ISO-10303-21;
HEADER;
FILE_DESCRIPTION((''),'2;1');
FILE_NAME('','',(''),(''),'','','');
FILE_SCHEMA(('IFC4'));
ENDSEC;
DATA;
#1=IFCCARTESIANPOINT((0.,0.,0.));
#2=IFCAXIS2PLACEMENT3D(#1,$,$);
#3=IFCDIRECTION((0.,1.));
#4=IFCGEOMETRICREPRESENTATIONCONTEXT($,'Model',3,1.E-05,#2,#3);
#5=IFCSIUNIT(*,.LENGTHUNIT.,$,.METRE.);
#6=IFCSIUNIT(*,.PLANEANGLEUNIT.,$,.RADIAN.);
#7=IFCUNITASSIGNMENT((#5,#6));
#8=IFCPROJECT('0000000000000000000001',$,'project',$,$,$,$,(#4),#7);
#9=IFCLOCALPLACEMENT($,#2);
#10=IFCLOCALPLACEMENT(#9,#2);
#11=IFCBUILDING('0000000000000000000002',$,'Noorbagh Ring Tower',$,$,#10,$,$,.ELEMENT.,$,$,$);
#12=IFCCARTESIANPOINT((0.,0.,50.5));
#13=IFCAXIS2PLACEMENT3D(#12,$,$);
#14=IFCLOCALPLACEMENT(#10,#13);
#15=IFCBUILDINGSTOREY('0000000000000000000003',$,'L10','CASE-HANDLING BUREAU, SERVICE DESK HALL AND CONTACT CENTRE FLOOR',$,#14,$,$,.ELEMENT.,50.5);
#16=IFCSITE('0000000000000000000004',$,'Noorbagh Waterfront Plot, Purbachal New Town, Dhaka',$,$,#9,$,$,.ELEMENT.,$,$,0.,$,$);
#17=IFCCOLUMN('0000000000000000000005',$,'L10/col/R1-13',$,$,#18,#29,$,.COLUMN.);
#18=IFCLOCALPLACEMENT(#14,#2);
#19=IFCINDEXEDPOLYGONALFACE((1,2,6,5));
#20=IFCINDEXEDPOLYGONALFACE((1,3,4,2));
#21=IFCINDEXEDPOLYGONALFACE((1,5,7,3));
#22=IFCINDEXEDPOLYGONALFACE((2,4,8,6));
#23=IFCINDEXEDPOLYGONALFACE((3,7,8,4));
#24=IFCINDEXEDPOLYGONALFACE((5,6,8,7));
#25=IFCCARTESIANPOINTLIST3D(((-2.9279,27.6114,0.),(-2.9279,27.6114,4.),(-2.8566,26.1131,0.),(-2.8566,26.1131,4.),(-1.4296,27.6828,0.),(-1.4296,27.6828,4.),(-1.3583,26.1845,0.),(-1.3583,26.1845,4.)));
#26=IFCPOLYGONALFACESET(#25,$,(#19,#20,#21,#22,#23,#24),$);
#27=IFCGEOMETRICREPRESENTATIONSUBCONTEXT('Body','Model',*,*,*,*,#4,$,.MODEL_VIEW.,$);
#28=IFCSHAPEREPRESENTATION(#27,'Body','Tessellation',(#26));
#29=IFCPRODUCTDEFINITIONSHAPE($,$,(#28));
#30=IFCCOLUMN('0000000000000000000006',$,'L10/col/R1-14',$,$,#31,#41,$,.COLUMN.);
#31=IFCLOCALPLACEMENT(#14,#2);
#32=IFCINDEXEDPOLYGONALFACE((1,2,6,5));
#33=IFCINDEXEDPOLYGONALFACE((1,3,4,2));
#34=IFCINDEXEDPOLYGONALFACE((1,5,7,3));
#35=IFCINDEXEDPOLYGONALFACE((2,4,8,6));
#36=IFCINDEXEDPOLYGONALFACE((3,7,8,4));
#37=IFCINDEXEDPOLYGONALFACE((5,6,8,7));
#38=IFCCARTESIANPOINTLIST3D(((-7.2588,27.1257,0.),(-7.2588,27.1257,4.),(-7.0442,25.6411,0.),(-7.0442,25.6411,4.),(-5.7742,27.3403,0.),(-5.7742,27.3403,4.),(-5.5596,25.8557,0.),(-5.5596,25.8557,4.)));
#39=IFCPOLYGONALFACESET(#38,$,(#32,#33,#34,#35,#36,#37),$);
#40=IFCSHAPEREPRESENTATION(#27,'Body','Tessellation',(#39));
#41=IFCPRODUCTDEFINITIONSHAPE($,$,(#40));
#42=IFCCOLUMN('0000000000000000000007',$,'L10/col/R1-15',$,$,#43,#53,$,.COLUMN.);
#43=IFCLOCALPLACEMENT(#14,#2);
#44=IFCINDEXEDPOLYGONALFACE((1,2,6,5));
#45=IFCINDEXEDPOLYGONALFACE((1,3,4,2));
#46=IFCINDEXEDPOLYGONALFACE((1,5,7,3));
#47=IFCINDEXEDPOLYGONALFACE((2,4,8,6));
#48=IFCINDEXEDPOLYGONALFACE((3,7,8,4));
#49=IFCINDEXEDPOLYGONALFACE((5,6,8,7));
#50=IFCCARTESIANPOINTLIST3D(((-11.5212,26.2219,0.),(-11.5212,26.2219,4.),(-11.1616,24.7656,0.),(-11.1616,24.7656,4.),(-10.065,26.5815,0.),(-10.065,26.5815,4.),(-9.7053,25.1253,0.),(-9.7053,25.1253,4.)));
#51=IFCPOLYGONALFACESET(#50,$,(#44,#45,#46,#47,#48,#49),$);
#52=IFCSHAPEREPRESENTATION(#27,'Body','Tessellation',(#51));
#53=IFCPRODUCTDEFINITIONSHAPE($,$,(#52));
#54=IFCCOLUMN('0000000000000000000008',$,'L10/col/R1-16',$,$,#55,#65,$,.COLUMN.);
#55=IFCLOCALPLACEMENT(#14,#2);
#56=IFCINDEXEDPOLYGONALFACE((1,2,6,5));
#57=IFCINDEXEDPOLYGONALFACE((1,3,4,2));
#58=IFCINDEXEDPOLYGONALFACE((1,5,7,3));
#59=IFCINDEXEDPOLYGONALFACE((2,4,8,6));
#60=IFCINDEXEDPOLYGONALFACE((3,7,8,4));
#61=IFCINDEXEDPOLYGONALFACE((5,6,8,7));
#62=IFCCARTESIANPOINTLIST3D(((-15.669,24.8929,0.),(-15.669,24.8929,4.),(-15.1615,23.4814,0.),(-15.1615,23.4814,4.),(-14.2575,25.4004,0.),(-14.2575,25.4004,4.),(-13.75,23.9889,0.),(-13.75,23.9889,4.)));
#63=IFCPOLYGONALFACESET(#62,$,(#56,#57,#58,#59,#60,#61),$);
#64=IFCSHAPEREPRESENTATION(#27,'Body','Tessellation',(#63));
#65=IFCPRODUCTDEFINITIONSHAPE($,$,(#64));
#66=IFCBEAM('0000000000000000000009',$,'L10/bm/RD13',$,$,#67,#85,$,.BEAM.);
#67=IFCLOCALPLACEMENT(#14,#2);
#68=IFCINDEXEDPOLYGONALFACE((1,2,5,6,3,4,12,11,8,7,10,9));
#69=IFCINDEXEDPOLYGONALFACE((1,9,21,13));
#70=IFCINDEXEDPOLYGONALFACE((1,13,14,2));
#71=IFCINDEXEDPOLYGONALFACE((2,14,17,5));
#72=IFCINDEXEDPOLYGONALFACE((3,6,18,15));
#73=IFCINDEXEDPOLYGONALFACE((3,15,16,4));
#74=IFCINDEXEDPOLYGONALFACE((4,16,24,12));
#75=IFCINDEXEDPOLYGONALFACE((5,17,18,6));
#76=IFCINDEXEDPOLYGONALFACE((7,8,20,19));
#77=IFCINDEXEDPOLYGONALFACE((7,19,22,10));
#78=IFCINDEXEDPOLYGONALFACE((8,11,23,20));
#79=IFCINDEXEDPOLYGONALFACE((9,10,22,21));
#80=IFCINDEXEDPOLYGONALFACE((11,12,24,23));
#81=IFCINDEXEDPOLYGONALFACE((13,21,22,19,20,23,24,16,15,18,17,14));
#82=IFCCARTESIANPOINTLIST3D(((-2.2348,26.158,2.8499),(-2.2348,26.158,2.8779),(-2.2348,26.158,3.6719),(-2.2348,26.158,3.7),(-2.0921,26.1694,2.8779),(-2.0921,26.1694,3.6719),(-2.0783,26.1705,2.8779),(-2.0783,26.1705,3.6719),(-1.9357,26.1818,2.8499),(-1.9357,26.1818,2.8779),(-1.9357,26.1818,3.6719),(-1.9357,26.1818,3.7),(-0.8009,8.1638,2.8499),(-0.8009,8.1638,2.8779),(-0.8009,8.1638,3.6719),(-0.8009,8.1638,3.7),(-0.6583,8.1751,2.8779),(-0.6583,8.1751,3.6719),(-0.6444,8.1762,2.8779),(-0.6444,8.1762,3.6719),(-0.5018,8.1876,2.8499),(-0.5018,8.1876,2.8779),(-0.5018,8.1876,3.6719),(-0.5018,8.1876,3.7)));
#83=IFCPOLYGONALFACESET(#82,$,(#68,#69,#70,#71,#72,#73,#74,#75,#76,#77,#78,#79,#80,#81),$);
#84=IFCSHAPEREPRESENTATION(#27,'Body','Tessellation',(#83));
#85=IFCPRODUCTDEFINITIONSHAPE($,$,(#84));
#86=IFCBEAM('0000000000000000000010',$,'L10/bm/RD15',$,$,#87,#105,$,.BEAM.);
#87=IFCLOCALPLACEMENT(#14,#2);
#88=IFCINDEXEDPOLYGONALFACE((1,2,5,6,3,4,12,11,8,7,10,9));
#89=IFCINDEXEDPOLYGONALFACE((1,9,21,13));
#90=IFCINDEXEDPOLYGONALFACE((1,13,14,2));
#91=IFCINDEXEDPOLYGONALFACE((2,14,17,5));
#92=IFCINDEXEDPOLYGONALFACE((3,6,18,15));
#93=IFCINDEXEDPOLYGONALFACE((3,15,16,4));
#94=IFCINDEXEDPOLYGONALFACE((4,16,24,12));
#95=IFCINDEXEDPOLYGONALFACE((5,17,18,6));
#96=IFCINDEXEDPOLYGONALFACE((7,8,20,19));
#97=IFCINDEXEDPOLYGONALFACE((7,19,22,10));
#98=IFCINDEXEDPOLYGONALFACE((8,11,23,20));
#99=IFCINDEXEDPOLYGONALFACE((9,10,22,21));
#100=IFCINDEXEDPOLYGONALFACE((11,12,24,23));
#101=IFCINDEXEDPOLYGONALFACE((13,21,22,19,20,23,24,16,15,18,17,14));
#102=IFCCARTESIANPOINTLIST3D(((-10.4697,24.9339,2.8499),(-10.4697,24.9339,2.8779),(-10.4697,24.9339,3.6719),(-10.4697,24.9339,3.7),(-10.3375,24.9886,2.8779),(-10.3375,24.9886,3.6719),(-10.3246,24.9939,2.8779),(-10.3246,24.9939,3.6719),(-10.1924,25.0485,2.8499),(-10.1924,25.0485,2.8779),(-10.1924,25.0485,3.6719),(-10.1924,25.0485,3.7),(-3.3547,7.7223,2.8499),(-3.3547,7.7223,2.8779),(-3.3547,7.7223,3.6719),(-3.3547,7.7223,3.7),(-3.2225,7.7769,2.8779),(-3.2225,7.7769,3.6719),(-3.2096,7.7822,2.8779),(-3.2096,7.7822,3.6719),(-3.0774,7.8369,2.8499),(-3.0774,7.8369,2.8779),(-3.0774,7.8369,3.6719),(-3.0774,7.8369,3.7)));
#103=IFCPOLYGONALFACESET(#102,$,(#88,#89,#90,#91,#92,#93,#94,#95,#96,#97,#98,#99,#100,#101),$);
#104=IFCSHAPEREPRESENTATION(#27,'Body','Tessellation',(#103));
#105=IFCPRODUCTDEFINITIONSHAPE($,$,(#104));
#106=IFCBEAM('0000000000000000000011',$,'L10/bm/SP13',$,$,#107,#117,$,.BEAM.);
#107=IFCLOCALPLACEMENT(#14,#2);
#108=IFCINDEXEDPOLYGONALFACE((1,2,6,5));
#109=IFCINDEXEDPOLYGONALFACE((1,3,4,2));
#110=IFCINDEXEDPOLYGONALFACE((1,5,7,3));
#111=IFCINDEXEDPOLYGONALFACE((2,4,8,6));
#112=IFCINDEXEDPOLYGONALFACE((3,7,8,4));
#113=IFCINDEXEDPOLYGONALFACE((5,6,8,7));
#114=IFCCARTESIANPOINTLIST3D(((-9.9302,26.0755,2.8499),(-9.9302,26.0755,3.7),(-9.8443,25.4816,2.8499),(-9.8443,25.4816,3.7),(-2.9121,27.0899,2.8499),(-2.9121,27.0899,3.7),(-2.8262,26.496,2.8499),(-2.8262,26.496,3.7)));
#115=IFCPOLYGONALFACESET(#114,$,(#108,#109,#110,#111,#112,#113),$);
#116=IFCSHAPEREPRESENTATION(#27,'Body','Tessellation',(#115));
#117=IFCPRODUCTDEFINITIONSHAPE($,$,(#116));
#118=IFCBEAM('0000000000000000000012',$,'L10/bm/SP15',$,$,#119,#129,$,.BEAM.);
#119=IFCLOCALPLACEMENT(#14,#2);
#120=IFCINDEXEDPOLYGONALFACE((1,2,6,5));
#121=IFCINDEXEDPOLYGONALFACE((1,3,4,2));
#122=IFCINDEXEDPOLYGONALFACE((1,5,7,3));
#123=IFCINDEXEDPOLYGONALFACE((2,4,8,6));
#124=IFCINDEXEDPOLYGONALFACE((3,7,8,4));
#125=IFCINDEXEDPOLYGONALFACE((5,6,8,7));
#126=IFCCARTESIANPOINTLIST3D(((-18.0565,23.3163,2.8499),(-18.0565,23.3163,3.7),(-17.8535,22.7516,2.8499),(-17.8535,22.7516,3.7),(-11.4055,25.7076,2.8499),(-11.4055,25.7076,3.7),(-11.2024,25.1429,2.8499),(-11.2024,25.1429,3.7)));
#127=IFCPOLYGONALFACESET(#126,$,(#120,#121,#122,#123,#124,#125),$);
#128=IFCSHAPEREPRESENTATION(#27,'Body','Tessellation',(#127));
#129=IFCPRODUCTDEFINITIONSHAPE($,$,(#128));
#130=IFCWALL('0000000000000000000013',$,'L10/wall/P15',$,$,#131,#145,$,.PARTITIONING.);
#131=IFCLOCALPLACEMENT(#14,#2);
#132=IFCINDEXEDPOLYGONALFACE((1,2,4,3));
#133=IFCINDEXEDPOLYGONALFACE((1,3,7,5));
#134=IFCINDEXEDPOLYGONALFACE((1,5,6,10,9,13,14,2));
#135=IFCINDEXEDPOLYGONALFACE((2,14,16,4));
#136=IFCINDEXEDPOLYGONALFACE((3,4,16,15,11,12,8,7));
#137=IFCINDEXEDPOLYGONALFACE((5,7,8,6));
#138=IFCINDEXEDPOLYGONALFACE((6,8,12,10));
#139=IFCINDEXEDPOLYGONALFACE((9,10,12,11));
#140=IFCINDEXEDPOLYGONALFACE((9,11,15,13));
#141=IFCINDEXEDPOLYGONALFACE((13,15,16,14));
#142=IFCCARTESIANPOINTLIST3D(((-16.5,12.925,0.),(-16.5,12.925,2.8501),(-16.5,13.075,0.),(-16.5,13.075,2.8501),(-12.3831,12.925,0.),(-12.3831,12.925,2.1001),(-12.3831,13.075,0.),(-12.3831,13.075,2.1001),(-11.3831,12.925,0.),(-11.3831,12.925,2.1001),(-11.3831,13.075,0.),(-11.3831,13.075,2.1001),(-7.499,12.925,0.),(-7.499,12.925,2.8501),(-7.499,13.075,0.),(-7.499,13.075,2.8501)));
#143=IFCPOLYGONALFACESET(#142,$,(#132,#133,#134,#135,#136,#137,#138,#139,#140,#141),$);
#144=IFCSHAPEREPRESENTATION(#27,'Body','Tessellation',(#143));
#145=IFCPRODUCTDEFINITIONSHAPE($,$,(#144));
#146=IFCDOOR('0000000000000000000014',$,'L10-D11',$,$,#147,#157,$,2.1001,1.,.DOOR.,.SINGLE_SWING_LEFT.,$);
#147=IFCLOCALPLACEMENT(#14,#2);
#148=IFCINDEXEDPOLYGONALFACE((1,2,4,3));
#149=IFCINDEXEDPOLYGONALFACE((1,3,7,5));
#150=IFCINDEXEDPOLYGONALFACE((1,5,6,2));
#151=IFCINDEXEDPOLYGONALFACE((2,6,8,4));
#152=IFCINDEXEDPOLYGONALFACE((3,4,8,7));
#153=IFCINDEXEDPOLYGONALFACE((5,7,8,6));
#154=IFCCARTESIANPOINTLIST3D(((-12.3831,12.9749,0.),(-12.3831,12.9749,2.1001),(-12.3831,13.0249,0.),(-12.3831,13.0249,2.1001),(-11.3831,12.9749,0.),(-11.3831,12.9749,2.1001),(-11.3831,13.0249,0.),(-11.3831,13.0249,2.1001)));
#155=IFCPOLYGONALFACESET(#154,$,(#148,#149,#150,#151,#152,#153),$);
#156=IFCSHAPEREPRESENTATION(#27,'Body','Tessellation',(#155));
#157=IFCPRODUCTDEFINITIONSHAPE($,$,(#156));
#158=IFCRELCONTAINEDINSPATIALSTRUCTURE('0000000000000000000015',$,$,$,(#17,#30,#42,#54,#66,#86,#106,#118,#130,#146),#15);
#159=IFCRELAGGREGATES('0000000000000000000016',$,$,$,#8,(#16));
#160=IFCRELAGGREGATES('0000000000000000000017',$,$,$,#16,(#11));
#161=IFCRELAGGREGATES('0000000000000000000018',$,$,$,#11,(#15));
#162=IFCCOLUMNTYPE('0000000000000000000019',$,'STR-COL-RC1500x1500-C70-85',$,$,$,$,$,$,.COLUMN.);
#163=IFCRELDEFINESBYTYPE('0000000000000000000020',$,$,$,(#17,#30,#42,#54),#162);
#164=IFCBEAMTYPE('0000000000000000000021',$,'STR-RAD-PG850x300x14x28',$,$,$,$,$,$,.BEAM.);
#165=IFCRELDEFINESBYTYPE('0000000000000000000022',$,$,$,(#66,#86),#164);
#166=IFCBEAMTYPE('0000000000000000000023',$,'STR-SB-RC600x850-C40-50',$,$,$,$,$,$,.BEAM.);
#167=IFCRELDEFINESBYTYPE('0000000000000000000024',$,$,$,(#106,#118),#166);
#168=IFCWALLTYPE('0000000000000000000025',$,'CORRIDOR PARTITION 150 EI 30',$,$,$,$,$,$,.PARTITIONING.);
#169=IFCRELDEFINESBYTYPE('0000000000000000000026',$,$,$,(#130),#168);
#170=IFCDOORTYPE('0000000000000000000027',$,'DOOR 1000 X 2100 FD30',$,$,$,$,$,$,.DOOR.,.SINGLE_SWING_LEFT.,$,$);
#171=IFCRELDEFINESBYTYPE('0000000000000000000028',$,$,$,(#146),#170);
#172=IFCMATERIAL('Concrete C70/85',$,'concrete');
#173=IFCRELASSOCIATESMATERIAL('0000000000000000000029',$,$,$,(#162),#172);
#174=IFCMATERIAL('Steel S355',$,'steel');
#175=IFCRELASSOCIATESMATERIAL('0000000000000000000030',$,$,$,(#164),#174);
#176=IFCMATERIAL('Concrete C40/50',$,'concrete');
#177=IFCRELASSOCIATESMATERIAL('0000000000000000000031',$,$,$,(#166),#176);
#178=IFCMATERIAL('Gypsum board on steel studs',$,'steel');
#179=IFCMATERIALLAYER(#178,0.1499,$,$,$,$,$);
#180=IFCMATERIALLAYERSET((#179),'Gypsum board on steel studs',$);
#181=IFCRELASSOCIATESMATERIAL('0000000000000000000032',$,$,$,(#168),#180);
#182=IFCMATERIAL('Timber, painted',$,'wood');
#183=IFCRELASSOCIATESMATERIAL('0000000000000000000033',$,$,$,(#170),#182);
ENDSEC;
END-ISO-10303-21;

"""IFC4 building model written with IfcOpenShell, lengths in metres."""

from ifc_helpers import new_model, si_unit, direction, frame, frame_2d, origin, origin_2d, place, context, subcontext, project, spatial, rectangle, i_section, extrude, material, layer, layer_set, material_profile, profile_set, type_object, element, fill, save


model = new_model("IFC4")

# Units and contexts
model_context = context("Model", 3, precision=1e-05, world=origin(), true_north=direction((0.0, 1.0)))
body_context = subcontext(model_context, "Body", "Model", "MODEL_VIEW")
ifc_project = project(units=[si_unit("LENGTHUNIT", "METRE"), si_unit("PLANEANGLEUNIT", "RADIAN")], contexts=[model_context])

# Site, building, storey
site_placement = place(None, origin())
site = spatial("IfcSite", under=ifc_project, at=site_placement, Name="Noorbagh Waterfront Plot, Purbachal New Town, Dhaka", CompositionType="ELEMENT", RefElevation=0.0)
building_placement = place(site_placement, origin())
building = spatial("IfcBuilding", under=site, at=building_placement, Name="Noorbagh Ring Tower", CompositionType="ELEMENT")
storey_placement = place(building_placement, frame((0.0, 0.0, 50.5)))
storey = spatial("IfcBuildingStorey", under=building, at=storey_placement, Name="L10", Description="CASE-HANDLING BUREAU, SERVICE DESK HALL AND CONTACT CENTRE FLOOR", CompositionType="ELEMENT", Elevation=50.5)

# Columns
ifc_material_1 = material(Name="Concrete C70/85", Category="concrete")
ifc_material_profile_1 = material_profile(ifc_material_1, rectangle(XDim=1.5, YDim=1.5, at=origin_2d()), Name="RC1500x1500")
ifc_profile_set_1 = profile_set([ifc_material_profile_1], Name="Concrete C70/85")
column_type = type_object("IfcColumnType", Name="STR-COL-RC1500x1500-C70-85", PredefinedType="COLUMN", material=ifc_profile_set_1)
for number, where, z_axis, x_axis, name in (
    (1, (-2.1431, 26.8979, 0.0), (0.0, 0.0, 1.0), (-0.998869, -0.047553, 0.0), "L10/col/R1-13"),
    (2, (-6.4092, 26.4907, 0.0), (0.0, 0.0, 1.0), (-0.989713, -0.143066, 0.0), "L10/col/R1-14"),
    (3, (-10.6133, 25.6736, 0.0), (0.0, 0.0, 1.0), (-0.970829, -0.239771, 0.0), "L10/col/R1-15"),
    (4, (-14.7095, 24.4409, 0.0), (0.0, 0.0, 1.0), (-0.941025, -0.338338, 0.0), "L10/col/R1-16"),
):
    element("IfcColumn", number, at=place(storey_placement, frame(where, z_axis=z_axis, x_axis=x_axis)), inside=storey, type_object=column_type, Name=name, PredefinedType="COLUMN", context=body_context, shape_type="SweptSolid", body=[
        extrude(rectangle(XDim=1.5, YDim=1.5, at=origin_2d()), origin(), (0.0, 0.0, 1.0), 4.0),
    ])

# Beams
ifc_material_2 = material(Name="Steel S355", Category="steel")
ifc_material_profile_2 = material_profile(ifc_material_2, i_section(OverallWidth=0.3, OverallDepth=0.8501, WebThickness=0.0139, FlangeThickness=0.0281, at=origin_2d()), Name="PG850x300x14x28")
ifc_profile_set_2 = profile_set([ifc_material_profile_2], Name="Steel S355")
beam_type_1 = type_object("IfcBeamType", Name="STR-RAD-PG850x300x14x28", PredefinedType="BEAM", material=ifc_profile_set_2)
beam_1_placement = place(storey_placement, frame((-2.0852, 26.1699, 3.2749), z_axis=(0.079432, -0.99684, 0.0), x_axis=(0.99684, 0.079432, 0.0)))
element("IfcBeam", 5, at=beam_1_placement, inside=storey, type_object=beam_type_1, Name="L10/bm/RD13", PredefinedType="BEAM", context=body_context, shape_type="SweptSolid", body=[
    extrude(i_section(OverallWidth=0.3, OverallDepth=0.8501, WebThickness=0.0139, FlangeThickness=0.0281, at=origin_2d()), origin(), (0.0, 0.0, 1.0), 18.0513),
])
beam_2_placement = place(storey_placement, frame((-10.3311, 24.9912, 3.2749), z_axis=(0.382027, -0.924151, 0.0), x_axis=(0.924151, 0.382027, 0.0)))
element("IfcBeam", 6, at=beam_2_placement, inside=storey, type_object=beam_type_1, Name="L10/bm/RD15", PredefinedType="BEAM", context=body_context, shape_type="SweptSolid", body=[
    extrude(i_section(OverallWidth=0.3, OverallDepth=0.8501, WebThickness=0.0139, FlangeThickness=0.0281, at=origin_2d()), origin(), (0.0, 0.0, 1.0), 18.6243),
])
ifc_material_3 = material(Name="Concrete C40/50", Category="concrete")
ifc_material_profile_3 = material_profile(ifc_material_3, rectangle(XDim=0.6001, YDim=0.8501, at=origin_2d()), Name="RC600x850")
ifc_profile_set_3 = profile_set([ifc_material_profile_3], Name="Concrete C40/50")
beam_type_2 = type_object("IfcBeamType", Name="STR-SB-RC600x850-C40-50", PredefinedType="BEAM", material=ifc_profile_set_3)
beam_3_placement = place(storey_placement, frame((-2.8691, 26.793, 3.2749), z_axis=(-0.989715, -0.143055, 0.0), x_axis=(0.143055, -0.989715, 0.0)))
element("IfcBeam", 7, at=beam_3_placement, inside=storey, type_object=beam_type_2, Name="L10/bm/SP13", PredefinedType="BEAM", context=body_context, shape_type="SweptSolid", body=[
    extrude(rectangle(XDim=0.6001, YDim=0.8501, at=origin_2d()), origin(), (0.0, 0.0, 1.0), 7.0911),
])
beam_4_placement = place(storey_placement, frame((-11.304, 25.4253, 3.2749), z_axis=(-0.941025, -0.338338, 0.0), x_axis=(0.338338, -0.941025, 0.0)))
element("IfcBeam", 8, at=beam_4_placement, inside=storey, type_object=beam_type_2, Name="L10/bm/SP15", PredefinedType="BEAM", context=body_context, shape_type="SweptSolid", body=[
    extrude(rectangle(XDim=0.6001, YDim=0.8501, at=origin_2d()), origin(), (0.0, 0.0, 1.0), 7.0679),
])

# Wall, opening, door
ifc_material_4 = material(Name="Gypsum board on steel studs", Category="steel")
ifc_layer_1 = layer(ifc_material_4, 0.1499)
ifc_layer_set_1 = layer_set([ifc_layer_1], Name="Gypsum board on steel studs")
wall_type_1 = type_object("IfcWallType", Name="CORRIDOR PARTITION 150 EI 30", PredefinedType="PARTITIONING", material=ifc_layer_set_1)
wall_1_placement = place(storey_placement, frame((-16.5, 13.0, 0.0), z_axis=(0.0, 0.0, 1.0), x_axis=(1.0, 0.0, 0.0)))
wall_1 = element("IfcWall", 9, at=wall_1_placement, inside=storey, type_object=wall_type_1, Name="L10/wall/P15", PredefinedType="PARTITIONING", context=body_context, shape_type="SweptSolid", body=[
    extrude(rectangle(XDim=9.001, YDim=0.1499, at=frame_2d((4.5005, 0.0))), origin(), (0.0, 0.0, 1.0), 2.8501),
])
opening_1_placement = place(wall_1_placement, frame((4.1169, 0.0, 0.0)))
opening_1 = element("IfcOpeningElement", 10, at=opening_1_placement, cuts=wall_1, PredefinedType="OPENING", context=body_context, shape_type="SweptSolid", body=[
    extrude(rectangle(XDim=1.0, YDim=2.1001, at=frame_2d((0.5, 1.05))), frame((0.0, 0.085, 0.0), z_axis=(0.0, -1.0, 0.0), x_axis=(1.0, 0.0, 0.0)), (0.0, 0.0, 1.0), 0.1699),
])
ifc_material_5 = material(Name="Timber, painted", Category="wood")
door_type_1 = type_object("IfcDoorType", Name="DOOR 1000 X 2100 FD30", OperationType="SINGLE_SWING_LEFT", PredefinedType="DOOR", material=ifc_material_5)
door_1_placement = place(opening_1_placement, origin())
door_1 = element("IfcDoor", 11, at=door_1_placement, inside=storey, type_object=door_type_1, Name="L10-D11", OperationType="SINGLE_SWING_LEFT", OverallHeight=2.1001, OverallWidth=1.0, PredefinedType="DOOR", context=body_context, shape_type="SweptSolid", body=[
    extrude(rectangle(XDim=1.0, YDim=2.1001, at=frame_2d((0.5, 1.05))), frame((0.0, 0.0249, 0.0), z_axis=(0.0, -1.0, 0.0), x_axis=(1.0, 0.0, 0.0)), (0.0, 0.0, 1.0), 0.05),
])
fill(opening_1, door_1)

save(model, "model.ifc")
